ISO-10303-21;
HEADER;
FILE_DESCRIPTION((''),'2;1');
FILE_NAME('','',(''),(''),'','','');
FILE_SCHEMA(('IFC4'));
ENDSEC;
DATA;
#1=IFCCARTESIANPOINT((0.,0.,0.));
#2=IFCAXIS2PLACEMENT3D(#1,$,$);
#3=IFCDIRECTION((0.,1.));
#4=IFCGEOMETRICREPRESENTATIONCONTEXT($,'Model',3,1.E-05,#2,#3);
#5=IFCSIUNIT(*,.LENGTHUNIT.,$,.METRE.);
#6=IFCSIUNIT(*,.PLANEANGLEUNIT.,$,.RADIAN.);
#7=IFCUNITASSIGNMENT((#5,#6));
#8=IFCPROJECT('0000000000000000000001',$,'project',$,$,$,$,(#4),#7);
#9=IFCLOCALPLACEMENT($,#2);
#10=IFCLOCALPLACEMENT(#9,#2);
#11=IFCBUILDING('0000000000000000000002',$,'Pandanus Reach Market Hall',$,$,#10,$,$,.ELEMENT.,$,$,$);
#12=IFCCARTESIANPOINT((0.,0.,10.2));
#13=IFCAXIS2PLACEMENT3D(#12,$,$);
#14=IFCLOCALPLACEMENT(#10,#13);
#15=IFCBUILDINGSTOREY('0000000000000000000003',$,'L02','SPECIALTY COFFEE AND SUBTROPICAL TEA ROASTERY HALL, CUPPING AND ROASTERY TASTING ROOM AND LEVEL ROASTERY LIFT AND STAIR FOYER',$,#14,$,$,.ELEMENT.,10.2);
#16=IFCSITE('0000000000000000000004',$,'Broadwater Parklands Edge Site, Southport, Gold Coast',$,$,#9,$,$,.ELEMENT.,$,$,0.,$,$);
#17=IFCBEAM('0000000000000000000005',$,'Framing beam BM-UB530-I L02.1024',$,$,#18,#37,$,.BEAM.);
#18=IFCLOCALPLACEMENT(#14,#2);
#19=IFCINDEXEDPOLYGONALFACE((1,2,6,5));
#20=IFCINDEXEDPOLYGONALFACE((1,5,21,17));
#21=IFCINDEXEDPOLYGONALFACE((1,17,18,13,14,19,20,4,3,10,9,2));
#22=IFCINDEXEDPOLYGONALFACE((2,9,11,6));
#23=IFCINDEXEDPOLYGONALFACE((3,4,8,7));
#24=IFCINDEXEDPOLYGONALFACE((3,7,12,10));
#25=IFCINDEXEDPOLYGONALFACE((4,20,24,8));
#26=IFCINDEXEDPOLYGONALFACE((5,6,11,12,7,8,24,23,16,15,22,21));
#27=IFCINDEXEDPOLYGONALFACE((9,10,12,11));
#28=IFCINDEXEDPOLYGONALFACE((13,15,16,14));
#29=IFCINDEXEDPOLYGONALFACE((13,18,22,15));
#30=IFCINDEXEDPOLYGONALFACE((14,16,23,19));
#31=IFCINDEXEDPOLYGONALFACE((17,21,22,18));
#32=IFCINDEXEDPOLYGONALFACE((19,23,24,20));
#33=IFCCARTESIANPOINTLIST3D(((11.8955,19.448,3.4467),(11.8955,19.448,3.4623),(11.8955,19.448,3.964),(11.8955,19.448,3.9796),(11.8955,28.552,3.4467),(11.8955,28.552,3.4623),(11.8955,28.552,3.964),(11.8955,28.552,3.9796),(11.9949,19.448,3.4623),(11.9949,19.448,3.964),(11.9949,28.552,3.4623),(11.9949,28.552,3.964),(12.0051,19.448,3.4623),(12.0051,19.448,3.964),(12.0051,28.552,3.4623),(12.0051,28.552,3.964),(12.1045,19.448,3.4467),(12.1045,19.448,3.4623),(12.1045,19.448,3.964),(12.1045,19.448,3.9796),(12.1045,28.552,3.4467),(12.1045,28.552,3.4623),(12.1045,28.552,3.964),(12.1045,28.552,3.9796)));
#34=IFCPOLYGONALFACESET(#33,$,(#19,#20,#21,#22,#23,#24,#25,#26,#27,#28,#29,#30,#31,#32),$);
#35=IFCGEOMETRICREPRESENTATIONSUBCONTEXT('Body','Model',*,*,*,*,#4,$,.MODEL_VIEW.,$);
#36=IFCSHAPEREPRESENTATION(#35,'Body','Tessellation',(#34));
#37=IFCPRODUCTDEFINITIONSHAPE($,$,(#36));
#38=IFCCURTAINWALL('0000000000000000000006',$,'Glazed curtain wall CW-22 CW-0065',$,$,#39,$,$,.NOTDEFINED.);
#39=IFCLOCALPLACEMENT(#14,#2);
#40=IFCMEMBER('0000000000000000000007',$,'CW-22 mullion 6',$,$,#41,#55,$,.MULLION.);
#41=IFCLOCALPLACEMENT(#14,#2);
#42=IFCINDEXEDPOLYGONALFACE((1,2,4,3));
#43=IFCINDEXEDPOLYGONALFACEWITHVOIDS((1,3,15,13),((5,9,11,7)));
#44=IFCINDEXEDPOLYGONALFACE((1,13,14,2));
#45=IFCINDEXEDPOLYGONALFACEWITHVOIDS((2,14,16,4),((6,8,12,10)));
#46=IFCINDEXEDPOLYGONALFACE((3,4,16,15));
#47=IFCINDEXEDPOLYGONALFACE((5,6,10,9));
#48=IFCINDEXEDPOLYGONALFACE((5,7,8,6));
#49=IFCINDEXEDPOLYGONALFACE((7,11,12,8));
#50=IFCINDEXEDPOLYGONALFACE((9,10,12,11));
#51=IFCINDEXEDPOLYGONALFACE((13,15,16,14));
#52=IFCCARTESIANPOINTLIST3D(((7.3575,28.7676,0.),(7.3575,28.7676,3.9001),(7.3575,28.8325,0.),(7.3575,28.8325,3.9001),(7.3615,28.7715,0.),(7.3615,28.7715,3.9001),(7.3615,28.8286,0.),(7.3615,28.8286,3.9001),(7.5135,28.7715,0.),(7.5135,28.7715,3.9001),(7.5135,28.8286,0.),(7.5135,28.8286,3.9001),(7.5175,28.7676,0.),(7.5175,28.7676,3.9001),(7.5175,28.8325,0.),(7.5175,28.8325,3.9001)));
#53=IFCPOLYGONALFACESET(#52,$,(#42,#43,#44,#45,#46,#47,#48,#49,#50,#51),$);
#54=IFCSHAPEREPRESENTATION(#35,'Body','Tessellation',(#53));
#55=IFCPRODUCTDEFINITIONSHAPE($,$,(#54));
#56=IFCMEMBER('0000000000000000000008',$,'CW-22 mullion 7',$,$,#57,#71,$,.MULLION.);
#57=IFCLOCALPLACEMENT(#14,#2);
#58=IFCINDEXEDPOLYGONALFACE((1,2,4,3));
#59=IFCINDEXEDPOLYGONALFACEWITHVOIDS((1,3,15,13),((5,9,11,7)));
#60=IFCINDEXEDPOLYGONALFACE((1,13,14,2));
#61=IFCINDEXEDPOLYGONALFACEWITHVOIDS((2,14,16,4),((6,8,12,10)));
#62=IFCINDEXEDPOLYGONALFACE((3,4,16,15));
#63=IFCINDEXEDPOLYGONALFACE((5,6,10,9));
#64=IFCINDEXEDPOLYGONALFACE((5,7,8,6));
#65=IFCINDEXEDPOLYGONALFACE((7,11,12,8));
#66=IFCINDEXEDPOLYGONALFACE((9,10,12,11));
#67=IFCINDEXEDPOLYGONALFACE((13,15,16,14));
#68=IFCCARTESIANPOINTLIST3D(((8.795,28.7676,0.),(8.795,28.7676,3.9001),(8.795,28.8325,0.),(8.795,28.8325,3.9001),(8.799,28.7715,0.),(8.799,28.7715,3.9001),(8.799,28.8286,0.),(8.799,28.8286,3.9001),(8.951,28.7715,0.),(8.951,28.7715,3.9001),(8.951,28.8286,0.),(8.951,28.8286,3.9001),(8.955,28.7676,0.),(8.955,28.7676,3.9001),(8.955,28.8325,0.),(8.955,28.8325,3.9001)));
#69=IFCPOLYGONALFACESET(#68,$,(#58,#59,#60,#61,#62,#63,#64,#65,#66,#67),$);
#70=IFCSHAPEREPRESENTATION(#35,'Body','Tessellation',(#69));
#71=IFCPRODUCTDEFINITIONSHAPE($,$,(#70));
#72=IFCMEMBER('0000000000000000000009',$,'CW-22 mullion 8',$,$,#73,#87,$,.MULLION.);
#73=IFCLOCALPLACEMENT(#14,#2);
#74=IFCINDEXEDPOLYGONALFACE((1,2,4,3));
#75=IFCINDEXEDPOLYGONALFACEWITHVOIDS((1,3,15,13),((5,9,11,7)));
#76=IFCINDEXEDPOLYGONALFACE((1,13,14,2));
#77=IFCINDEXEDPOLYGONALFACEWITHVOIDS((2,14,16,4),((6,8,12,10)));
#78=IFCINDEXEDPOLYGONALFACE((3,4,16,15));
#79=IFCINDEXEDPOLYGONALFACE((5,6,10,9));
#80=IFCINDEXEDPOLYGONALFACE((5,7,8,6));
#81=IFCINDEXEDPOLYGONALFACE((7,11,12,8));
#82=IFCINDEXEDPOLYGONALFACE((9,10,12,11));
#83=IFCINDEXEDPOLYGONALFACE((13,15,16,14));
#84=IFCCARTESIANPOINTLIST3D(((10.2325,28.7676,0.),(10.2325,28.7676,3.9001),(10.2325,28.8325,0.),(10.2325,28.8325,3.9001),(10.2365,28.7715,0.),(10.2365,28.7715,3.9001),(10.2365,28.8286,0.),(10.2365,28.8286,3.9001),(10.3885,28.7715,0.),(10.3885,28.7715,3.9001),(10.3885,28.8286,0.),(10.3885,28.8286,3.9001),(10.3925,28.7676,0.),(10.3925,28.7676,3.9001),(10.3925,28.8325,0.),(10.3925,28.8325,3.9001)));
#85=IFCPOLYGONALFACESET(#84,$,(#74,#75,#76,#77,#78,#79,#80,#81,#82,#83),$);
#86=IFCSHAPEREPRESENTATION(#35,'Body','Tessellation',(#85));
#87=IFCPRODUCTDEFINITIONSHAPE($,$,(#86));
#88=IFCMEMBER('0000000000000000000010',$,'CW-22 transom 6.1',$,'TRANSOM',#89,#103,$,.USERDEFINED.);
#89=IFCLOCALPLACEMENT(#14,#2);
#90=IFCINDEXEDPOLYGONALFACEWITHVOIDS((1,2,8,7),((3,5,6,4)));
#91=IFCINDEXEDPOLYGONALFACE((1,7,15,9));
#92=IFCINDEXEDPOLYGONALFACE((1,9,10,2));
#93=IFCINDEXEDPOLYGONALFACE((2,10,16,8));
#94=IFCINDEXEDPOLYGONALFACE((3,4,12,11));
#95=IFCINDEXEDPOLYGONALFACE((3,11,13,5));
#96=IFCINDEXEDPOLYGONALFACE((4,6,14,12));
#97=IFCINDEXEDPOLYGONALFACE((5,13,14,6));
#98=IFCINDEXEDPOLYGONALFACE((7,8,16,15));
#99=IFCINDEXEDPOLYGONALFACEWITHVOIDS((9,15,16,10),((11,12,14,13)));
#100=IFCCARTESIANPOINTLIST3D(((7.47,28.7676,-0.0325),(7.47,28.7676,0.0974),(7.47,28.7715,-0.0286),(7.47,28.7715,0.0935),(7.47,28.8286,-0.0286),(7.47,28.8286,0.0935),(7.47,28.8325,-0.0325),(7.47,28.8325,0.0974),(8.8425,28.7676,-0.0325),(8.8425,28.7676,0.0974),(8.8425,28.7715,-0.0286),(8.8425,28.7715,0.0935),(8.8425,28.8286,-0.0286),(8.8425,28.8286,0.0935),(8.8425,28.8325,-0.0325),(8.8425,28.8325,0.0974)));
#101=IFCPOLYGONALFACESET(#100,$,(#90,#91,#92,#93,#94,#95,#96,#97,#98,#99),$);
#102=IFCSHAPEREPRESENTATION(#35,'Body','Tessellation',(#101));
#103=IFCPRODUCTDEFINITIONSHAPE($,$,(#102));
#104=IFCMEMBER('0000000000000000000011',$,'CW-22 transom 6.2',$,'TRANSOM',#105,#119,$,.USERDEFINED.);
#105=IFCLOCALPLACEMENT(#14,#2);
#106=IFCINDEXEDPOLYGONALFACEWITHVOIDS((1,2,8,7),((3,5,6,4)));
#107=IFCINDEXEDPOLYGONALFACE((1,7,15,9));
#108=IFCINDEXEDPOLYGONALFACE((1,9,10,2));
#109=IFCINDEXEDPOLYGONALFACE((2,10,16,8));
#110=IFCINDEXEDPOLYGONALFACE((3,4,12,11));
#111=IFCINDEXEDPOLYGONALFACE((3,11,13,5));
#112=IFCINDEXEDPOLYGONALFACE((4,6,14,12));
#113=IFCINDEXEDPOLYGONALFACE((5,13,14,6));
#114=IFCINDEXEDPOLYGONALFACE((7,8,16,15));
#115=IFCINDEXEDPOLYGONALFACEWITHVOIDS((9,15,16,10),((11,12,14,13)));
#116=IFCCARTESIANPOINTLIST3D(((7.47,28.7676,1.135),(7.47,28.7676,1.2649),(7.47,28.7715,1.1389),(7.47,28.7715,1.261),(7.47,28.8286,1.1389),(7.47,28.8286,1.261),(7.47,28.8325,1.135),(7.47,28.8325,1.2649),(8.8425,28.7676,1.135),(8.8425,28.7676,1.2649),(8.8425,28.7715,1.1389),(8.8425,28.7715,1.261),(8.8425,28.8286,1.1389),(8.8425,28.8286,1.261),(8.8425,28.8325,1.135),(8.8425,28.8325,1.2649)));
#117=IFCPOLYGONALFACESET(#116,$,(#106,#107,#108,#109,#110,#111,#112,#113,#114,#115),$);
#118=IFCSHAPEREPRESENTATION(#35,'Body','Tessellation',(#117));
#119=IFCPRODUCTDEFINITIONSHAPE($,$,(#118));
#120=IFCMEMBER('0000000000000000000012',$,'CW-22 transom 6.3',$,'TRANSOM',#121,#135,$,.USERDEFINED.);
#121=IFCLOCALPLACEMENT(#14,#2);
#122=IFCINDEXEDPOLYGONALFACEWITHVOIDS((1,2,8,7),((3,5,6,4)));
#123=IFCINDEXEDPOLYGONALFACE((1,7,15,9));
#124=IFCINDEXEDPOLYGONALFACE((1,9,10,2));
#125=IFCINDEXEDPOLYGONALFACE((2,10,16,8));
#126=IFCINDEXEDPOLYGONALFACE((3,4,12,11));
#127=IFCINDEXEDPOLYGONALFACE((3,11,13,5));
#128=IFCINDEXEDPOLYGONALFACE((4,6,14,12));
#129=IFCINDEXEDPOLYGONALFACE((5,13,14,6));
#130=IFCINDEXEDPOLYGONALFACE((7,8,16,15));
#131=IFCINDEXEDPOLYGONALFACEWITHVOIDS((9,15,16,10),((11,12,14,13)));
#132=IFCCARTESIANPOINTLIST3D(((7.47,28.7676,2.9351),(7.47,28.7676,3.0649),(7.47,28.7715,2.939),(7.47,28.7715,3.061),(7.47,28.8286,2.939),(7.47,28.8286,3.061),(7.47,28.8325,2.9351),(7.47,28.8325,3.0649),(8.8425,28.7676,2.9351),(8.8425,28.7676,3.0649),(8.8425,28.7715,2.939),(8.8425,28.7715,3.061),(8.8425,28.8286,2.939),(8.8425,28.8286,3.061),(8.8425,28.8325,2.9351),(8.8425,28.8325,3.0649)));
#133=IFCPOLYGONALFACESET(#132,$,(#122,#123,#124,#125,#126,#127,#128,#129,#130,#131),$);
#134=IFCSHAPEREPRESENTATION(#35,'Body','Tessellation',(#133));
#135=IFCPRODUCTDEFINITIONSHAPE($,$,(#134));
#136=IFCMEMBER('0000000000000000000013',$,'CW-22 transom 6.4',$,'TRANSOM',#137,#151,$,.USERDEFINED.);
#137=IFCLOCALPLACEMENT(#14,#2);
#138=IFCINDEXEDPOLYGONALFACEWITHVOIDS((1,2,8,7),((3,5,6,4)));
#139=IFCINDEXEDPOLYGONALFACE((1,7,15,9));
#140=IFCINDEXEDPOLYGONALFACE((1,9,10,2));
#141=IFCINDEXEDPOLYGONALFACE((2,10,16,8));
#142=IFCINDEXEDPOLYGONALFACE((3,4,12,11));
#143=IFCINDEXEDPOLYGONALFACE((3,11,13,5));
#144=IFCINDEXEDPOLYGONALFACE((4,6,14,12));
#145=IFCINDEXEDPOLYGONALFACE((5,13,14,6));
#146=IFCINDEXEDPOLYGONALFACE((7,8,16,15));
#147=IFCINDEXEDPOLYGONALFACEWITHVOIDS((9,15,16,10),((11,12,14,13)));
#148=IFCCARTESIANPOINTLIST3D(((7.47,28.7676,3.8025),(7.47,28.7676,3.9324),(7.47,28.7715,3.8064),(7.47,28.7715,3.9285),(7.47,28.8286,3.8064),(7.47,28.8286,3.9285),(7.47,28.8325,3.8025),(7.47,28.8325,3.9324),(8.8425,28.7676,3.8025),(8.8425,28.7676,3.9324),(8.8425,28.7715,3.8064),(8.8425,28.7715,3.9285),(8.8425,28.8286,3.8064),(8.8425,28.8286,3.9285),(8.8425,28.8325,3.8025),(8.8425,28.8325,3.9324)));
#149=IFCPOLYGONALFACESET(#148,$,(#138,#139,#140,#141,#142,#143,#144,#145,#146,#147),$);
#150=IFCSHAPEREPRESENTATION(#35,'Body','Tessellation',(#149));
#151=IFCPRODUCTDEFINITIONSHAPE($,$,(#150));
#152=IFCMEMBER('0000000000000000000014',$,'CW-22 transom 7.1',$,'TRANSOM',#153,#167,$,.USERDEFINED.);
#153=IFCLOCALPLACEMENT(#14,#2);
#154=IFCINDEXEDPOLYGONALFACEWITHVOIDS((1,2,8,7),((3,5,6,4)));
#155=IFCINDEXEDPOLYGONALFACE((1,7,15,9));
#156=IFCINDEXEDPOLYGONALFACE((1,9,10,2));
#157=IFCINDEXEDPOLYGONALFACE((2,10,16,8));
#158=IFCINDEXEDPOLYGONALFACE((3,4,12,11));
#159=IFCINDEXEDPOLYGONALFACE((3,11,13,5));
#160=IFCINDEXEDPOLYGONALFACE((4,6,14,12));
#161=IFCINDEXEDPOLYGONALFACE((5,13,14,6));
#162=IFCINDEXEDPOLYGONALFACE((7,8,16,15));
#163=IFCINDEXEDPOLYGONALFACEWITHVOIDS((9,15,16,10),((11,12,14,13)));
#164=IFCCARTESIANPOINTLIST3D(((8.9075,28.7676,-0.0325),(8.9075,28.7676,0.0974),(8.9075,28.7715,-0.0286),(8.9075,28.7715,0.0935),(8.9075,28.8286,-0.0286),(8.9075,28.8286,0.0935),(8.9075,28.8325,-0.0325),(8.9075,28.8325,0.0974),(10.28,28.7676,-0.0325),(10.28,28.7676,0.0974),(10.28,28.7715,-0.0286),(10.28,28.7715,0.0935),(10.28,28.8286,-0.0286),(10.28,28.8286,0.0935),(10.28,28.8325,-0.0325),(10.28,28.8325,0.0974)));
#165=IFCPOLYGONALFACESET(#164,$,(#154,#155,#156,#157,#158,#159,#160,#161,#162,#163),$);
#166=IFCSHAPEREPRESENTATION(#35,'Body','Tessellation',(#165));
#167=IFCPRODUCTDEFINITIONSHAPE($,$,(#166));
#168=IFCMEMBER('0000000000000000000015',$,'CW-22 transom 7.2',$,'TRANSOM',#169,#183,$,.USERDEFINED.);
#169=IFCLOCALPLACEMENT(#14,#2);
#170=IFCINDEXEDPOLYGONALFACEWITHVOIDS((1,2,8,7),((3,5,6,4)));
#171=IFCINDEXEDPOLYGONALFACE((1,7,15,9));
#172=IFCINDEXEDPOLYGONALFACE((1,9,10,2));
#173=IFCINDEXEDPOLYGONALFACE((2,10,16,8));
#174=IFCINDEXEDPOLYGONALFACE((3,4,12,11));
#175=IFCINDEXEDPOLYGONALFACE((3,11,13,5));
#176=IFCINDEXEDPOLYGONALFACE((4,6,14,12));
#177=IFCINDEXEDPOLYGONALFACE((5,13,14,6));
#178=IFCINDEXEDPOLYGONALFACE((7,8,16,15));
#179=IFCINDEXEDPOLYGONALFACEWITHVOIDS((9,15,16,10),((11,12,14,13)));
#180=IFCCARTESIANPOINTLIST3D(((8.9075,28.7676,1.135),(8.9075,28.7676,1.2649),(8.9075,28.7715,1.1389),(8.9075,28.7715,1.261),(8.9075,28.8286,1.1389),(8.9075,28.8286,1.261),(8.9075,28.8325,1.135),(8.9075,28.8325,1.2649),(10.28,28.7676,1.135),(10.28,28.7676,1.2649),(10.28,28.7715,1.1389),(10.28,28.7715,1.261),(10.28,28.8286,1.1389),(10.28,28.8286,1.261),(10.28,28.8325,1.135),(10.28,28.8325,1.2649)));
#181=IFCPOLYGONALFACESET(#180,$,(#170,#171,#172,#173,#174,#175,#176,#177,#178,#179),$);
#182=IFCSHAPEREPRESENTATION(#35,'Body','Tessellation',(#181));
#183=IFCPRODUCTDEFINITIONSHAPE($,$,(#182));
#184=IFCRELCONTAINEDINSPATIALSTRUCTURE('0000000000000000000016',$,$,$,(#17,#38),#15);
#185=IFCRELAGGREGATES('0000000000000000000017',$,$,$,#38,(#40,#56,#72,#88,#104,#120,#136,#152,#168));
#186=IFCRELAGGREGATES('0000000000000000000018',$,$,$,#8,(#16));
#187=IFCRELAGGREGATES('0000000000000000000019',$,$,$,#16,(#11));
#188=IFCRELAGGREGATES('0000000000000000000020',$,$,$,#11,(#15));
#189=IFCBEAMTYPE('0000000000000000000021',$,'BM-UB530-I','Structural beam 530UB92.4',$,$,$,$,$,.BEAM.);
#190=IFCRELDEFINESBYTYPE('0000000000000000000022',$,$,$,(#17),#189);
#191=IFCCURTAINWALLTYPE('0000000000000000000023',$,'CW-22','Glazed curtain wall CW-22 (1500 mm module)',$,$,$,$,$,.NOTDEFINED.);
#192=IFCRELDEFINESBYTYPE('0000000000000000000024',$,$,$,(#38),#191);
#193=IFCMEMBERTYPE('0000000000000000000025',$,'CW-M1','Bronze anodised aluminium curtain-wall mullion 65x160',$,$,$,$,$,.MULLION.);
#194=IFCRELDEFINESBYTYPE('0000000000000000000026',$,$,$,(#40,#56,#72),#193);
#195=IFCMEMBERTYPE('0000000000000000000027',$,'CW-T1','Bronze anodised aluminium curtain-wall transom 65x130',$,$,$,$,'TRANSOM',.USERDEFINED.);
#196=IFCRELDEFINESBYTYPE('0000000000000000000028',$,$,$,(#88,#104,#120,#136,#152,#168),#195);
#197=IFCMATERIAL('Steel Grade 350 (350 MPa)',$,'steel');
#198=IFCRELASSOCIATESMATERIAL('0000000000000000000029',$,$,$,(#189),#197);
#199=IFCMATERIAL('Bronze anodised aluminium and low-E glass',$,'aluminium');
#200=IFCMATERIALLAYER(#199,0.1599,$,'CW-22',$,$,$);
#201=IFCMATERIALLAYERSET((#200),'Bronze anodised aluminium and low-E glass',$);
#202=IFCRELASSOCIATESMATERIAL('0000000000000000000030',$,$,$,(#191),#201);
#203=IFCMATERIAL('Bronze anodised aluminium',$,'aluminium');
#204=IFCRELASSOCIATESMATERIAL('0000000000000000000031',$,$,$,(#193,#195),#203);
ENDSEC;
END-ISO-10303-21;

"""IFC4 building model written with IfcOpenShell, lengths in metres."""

from ifc_helpers import new_model, si_unit, direction, frame, origin, origin_2d, place, context, subcontext, project, spatial, hollow_rectangle, i_section, extrude, material, layer, layer_set, material_profile, profile_set, type_object, element, aggregate, save


model = new_model("IFC4")

# Units and contexts
model_context = context("Model", 3, precision=1e-05, world=origin(), true_north=direction((0.0, 1.0)))
body_context = subcontext(model_context, "Body", "Model", "MODEL_VIEW")
ifc_project = project(units=[si_unit("LENGTHUNIT", "METRE"), si_unit("PLANEANGLEUNIT", "RADIAN")], contexts=[model_context])

# Site, building, storey
site_placement = place(None, origin())
site = spatial("IfcSite", under=ifc_project, at=site_placement, Name="Broadwater Parklands Edge Site, Southport, Gold Coast", CompositionType="ELEMENT", RefElevation=0.0)
building_placement = place(site_placement, origin())
building = spatial("IfcBuilding", under=site, at=building_placement, Name="Pandanus Reach Market Hall", CompositionType="ELEMENT")
storey_placement = place(building_placement, frame((0.0, 0.0, 10.2)))
storey = spatial("IfcBuildingStorey", under=building, at=storey_placement, Name="L02", Description="SPECIALTY COFFEE AND SUBTROPICAL TEA ROASTERY HALL, CUPPING AND ROASTERY TASTING ROOM AND LEVEL ROASTERY LIFT AND STAIR FOYER", CompositionType="ELEMENT", Elevation=10.2)

# Beam
ifc_material_1 = material(Name="Steel Grade 350 (350 MPa)", Category="steel")
ifc_material_profile_1 = material_profile(ifc_material_1, i_section(OverallWidth=0.209, OverallDepth=0.533, WebThickness=0.0103, FlangeThickness=0.0156, at=origin_2d()), Name="530UB92.4", Category="LoadBearing")
ifc_profile_set_1 = profile_set([ifc_material_profile_1], Name="Steel Grade 350 (350 MPa)")
beam_type_1 = type_object("IfcBeamType", Name="BM-UB530-I", Description="Structural beam 530UB92.4", PredefinedType="BEAM", material=ifc_profile_set_1)
beam_1_placement = place(storey_placement, frame((12.0, 19.448, 3.7131), z_axis=(0.0, 1.0, 0.0), x_axis=(-1.0, 0.0, 0.0)))
element("IfcBeam", 1, at=beam_1_placement, inside=storey, type_object=beam_type_1, Name="Framing beam BM-UB530-I L02.1024", PredefinedType="BEAM", context=body_context, shape_type="SweptSolid", body=[
    extrude(i_section(OverallWidth=0.209, OverallDepth=0.533, WebThickness=0.0103, FlangeThickness=0.0156, at=origin_2d()), origin(), (0.0, 0.0, 1.0), 9.104),
])

# Curtain wall, members
ifc_material_2 = material(Name="Bronze anodised aluminium and low-E glass", Category="aluminium")
ifc_layer_1 = layer(ifc_material_2, 0.1599, Name="CW-22")
ifc_layer_set_1 = layer_set([ifc_layer_1], Name="Bronze anodised aluminium and low-E glass")
curtain_wall_type = type_object("IfcCurtainWallType", Name="CW-22", Description="Glazed curtain wall CW-22 (1500 mm module)", PredefinedType="NOTDEFINED", material=ifc_layer_set_1)
curtain_wall_placement = place(storey_placement, origin())
curtain_wall = element("IfcCurtainWall", 2, at=curtain_wall_placement, inside=storey, type_object=curtain_wall_type, Name="Glazed curtain wall CW-22 CW-0065", PredefinedType="NOTDEFINED")
ifc_material_3 = material(Name="Bronze anodised aluminium", Category="aluminium")
ifc_material_profile_2 = material_profile(ifc_material_3, hollow_rectangle(XDim=0.0649, YDim=0.1599, WallThickness=0.0039, at=origin_2d()), Name="ALU65x160", Category="LoadBearing")
ifc_profile_set_2 = profile_set([ifc_material_profile_2], Name="Bronze anodised aluminium")
member_type_1 = type_object("IfcMemberType", Name="CW-M1", Description="Bronze anodised aluminium curtain-wall mullion 65x160", PredefinedType="MULLION", material=ifc_profile_set_2)
member_1_placement = place(storey_placement, frame((7.4375, 28.8, 0.0), z_axis=(0.0, 0.0, 1.0), x_axis=(0.0, 1.0, 0.0)))
member_1 = element("IfcMember", 3, at=member_1_placement, type_object=member_type_1, Name="CW-22 mullion 6", PredefinedType="MULLION", context=body_context, shape_type="SweptSolid", body=[
    extrude(hollow_rectangle(XDim=0.0649, YDim=0.1599, WallThickness=0.0039, at=origin_2d()), origin(), (0.0, 0.0, 1.0), 3.9001),
])
member_2_placement = place(storey_placement, frame((8.875, 28.8, 0.0), z_axis=(0.0, 0.0, 1.0), x_axis=(0.0, 1.0, 0.0)))
member_2 = element("IfcMember", 4, at=member_2_placement, type_object=member_type_1, Name="CW-22 mullion 7", PredefinedType="MULLION", context=body_context, shape_type="SweptSolid", body=[
    extrude(hollow_rectangle(XDim=0.0649, YDim=0.1599, WallThickness=0.0039, at=origin_2d()), origin(), (0.0, 0.0, 1.0), 3.9001),
])
member_3_placement = place(storey_placement, frame((10.3125, 28.8, 0.0), z_axis=(0.0, 0.0, 1.0), x_axis=(0.0, 1.0, 0.0)))
member_3 = element("IfcMember", 5, at=member_3_placement, type_object=member_type_1, Name="CW-22 mullion 8", PredefinedType="MULLION", context=body_context, shape_type="SweptSolid", body=[
    extrude(hollow_rectangle(XDim=0.0649, YDim=0.1599, WallThickness=0.0039, at=origin_2d()), origin(), (0.0, 0.0, 1.0), 3.9001),
])
ifc_material_profile_3 = material_profile(ifc_material_3, hollow_rectangle(XDim=0.0649, YDim=0.1299, WallThickness=0.0039, at=origin_2d()), Name="ALU65x130", Category="LoadBearing")
ifc_profile_set_3 = profile_set([ifc_material_profile_3], Name="Bronze anodised aluminium")
member_type_2 = type_object("IfcMemberType", Name="CW-T1", Description="Bronze anodised aluminium curtain-wall transom 65x130", ElementType="TRANSOM", PredefinedType="USERDEFINED", material=ifc_profile_set_3)
member_4_placement = place(storey_placement, frame((7.47, 28.8, 0.0325), z_axis=(1.0, 0.0, 0.0), x_axis=(0.0, 1.0, 0.0)))
member_4 = element("IfcMember", 6, at=member_4_placement, type_object=member_type_2, Name="CW-22 transom 6.1", ObjectType="TRANSOM", PredefinedType="USERDEFINED", context=body_context, shape_type="SweptSolid", body=[
    extrude(hollow_rectangle(XDim=0.0649, YDim=0.1299, WallThickness=0.0039, at=origin_2d()), origin(), (0.0, 0.0, 1.0), 1.3726),
])
member_5_placement = place(storey_placement, frame((7.47, 28.8, 1.2), z_axis=(1.0, 0.0, 0.0), x_axis=(0.0, 1.0, 0.0)))
member_5 = element("IfcMember", 7, at=member_5_placement, type_object=member_type_2, Name="CW-22 transom 6.2", ObjectType="TRANSOM", PredefinedType="USERDEFINED", context=body_context, shape_type="SweptSolid", body=[
    extrude(hollow_rectangle(XDim=0.0649, YDim=0.1299, WallThickness=0.0039, at=origin_2d()), origin(), (0.0, 0.0, 1.0), 1.3726),
])
member_6_placement = place(storey_placement, frame((7.47, 28.8, 3.0), z_axis=(1.0, 0.0, 0.0), x_axis=(0.0, 1.0, 0.0)))
member_6 = element("IfcMember", 8, at=member_6_placement, type_object=member_type_2, Name="CW-22 transom 6.3", ObjectType="TRANSOM", PredefinedType="USERDEFINED", context=body_context, shape_type="SweptSolid", body=[
    extrude(hollow_rectangle(XDim=0.0649, YDim=0.1299, WallThickness=0.0039, at=origin_2d()), origin(), (0.0, 0.0, 1.0), 1.3726),
])
member_7_placement = place(storey_placement, frame((7.47, 28.8, 3.8674), z_axis=(1.0, 0.0, 0.0), x_axis=(0.0, 1.0, 0.0)))
member_7 = element("IfcMember", 9, at=member_7_placement, type_object=member_type_2, Name="CW-22 transom 6.4", ObjectType="TRANSOM", PredefinedType="USERDEFINED", context=body_context, shape_type="SweptSolid", body=[
    extrude(hollow_rectangle(XDim=0.0649, YDim=0.1299, WallThickness=0.0039, at=origin_2d()), origin(), (0.0, 0.0, 1.0), 1.3726),
])
member_8_placement = place(storey_placement, frame((8.9075, 28.8, 0.0325), z_axis=(1.0, 0.0, 0.0), x_axis=(0.0, 1.0, 0.0)))
member_8 = element("IfcMember", 10, at=member_8_placement, type_object=member_type_2, Name="CW-22 transom 7.1", ObjectType="TRANSOM", PredefinedType="USERDEFINED", context=body_context, shape_type="SweptSolid", body=[
    extrude(hollow_rectangle(XDim=0.0649, YDim=0.1299, WallThickness=0.0039, at=origin_2d()), origin(), (0.0, 0.0, 1.0), 1.3726),
])
member_9_placement = place(storey_placement, frame((8.9075, 28.8, 1.2), z_axis=(1.0, 0.0, 0.0), x_axis=(0.0, 1.0, 0.0)))
member_9 = element("IfcMember", 11, at=member_9_placement, type_object=member_type_2, Name="CW-22 transom 7.2", ObjectType="TRANSOM", PredefinedType="USERDEFINED", context=body_context, shape_type="SweptSolid", body=[
    extrude(hollow_rectangle(XDim=0.0649, YDim=0.1299, WallThickness=0.0039, at=origin_2d()), origin(), (0.0, 0.0, 1.0), 1.3726),
])

aggregate(curtain_wall, [member_1, member_2, member_3, member_4, member_5, member_6, member_7, member_8, member_9])

save(model, "model.ifc")
